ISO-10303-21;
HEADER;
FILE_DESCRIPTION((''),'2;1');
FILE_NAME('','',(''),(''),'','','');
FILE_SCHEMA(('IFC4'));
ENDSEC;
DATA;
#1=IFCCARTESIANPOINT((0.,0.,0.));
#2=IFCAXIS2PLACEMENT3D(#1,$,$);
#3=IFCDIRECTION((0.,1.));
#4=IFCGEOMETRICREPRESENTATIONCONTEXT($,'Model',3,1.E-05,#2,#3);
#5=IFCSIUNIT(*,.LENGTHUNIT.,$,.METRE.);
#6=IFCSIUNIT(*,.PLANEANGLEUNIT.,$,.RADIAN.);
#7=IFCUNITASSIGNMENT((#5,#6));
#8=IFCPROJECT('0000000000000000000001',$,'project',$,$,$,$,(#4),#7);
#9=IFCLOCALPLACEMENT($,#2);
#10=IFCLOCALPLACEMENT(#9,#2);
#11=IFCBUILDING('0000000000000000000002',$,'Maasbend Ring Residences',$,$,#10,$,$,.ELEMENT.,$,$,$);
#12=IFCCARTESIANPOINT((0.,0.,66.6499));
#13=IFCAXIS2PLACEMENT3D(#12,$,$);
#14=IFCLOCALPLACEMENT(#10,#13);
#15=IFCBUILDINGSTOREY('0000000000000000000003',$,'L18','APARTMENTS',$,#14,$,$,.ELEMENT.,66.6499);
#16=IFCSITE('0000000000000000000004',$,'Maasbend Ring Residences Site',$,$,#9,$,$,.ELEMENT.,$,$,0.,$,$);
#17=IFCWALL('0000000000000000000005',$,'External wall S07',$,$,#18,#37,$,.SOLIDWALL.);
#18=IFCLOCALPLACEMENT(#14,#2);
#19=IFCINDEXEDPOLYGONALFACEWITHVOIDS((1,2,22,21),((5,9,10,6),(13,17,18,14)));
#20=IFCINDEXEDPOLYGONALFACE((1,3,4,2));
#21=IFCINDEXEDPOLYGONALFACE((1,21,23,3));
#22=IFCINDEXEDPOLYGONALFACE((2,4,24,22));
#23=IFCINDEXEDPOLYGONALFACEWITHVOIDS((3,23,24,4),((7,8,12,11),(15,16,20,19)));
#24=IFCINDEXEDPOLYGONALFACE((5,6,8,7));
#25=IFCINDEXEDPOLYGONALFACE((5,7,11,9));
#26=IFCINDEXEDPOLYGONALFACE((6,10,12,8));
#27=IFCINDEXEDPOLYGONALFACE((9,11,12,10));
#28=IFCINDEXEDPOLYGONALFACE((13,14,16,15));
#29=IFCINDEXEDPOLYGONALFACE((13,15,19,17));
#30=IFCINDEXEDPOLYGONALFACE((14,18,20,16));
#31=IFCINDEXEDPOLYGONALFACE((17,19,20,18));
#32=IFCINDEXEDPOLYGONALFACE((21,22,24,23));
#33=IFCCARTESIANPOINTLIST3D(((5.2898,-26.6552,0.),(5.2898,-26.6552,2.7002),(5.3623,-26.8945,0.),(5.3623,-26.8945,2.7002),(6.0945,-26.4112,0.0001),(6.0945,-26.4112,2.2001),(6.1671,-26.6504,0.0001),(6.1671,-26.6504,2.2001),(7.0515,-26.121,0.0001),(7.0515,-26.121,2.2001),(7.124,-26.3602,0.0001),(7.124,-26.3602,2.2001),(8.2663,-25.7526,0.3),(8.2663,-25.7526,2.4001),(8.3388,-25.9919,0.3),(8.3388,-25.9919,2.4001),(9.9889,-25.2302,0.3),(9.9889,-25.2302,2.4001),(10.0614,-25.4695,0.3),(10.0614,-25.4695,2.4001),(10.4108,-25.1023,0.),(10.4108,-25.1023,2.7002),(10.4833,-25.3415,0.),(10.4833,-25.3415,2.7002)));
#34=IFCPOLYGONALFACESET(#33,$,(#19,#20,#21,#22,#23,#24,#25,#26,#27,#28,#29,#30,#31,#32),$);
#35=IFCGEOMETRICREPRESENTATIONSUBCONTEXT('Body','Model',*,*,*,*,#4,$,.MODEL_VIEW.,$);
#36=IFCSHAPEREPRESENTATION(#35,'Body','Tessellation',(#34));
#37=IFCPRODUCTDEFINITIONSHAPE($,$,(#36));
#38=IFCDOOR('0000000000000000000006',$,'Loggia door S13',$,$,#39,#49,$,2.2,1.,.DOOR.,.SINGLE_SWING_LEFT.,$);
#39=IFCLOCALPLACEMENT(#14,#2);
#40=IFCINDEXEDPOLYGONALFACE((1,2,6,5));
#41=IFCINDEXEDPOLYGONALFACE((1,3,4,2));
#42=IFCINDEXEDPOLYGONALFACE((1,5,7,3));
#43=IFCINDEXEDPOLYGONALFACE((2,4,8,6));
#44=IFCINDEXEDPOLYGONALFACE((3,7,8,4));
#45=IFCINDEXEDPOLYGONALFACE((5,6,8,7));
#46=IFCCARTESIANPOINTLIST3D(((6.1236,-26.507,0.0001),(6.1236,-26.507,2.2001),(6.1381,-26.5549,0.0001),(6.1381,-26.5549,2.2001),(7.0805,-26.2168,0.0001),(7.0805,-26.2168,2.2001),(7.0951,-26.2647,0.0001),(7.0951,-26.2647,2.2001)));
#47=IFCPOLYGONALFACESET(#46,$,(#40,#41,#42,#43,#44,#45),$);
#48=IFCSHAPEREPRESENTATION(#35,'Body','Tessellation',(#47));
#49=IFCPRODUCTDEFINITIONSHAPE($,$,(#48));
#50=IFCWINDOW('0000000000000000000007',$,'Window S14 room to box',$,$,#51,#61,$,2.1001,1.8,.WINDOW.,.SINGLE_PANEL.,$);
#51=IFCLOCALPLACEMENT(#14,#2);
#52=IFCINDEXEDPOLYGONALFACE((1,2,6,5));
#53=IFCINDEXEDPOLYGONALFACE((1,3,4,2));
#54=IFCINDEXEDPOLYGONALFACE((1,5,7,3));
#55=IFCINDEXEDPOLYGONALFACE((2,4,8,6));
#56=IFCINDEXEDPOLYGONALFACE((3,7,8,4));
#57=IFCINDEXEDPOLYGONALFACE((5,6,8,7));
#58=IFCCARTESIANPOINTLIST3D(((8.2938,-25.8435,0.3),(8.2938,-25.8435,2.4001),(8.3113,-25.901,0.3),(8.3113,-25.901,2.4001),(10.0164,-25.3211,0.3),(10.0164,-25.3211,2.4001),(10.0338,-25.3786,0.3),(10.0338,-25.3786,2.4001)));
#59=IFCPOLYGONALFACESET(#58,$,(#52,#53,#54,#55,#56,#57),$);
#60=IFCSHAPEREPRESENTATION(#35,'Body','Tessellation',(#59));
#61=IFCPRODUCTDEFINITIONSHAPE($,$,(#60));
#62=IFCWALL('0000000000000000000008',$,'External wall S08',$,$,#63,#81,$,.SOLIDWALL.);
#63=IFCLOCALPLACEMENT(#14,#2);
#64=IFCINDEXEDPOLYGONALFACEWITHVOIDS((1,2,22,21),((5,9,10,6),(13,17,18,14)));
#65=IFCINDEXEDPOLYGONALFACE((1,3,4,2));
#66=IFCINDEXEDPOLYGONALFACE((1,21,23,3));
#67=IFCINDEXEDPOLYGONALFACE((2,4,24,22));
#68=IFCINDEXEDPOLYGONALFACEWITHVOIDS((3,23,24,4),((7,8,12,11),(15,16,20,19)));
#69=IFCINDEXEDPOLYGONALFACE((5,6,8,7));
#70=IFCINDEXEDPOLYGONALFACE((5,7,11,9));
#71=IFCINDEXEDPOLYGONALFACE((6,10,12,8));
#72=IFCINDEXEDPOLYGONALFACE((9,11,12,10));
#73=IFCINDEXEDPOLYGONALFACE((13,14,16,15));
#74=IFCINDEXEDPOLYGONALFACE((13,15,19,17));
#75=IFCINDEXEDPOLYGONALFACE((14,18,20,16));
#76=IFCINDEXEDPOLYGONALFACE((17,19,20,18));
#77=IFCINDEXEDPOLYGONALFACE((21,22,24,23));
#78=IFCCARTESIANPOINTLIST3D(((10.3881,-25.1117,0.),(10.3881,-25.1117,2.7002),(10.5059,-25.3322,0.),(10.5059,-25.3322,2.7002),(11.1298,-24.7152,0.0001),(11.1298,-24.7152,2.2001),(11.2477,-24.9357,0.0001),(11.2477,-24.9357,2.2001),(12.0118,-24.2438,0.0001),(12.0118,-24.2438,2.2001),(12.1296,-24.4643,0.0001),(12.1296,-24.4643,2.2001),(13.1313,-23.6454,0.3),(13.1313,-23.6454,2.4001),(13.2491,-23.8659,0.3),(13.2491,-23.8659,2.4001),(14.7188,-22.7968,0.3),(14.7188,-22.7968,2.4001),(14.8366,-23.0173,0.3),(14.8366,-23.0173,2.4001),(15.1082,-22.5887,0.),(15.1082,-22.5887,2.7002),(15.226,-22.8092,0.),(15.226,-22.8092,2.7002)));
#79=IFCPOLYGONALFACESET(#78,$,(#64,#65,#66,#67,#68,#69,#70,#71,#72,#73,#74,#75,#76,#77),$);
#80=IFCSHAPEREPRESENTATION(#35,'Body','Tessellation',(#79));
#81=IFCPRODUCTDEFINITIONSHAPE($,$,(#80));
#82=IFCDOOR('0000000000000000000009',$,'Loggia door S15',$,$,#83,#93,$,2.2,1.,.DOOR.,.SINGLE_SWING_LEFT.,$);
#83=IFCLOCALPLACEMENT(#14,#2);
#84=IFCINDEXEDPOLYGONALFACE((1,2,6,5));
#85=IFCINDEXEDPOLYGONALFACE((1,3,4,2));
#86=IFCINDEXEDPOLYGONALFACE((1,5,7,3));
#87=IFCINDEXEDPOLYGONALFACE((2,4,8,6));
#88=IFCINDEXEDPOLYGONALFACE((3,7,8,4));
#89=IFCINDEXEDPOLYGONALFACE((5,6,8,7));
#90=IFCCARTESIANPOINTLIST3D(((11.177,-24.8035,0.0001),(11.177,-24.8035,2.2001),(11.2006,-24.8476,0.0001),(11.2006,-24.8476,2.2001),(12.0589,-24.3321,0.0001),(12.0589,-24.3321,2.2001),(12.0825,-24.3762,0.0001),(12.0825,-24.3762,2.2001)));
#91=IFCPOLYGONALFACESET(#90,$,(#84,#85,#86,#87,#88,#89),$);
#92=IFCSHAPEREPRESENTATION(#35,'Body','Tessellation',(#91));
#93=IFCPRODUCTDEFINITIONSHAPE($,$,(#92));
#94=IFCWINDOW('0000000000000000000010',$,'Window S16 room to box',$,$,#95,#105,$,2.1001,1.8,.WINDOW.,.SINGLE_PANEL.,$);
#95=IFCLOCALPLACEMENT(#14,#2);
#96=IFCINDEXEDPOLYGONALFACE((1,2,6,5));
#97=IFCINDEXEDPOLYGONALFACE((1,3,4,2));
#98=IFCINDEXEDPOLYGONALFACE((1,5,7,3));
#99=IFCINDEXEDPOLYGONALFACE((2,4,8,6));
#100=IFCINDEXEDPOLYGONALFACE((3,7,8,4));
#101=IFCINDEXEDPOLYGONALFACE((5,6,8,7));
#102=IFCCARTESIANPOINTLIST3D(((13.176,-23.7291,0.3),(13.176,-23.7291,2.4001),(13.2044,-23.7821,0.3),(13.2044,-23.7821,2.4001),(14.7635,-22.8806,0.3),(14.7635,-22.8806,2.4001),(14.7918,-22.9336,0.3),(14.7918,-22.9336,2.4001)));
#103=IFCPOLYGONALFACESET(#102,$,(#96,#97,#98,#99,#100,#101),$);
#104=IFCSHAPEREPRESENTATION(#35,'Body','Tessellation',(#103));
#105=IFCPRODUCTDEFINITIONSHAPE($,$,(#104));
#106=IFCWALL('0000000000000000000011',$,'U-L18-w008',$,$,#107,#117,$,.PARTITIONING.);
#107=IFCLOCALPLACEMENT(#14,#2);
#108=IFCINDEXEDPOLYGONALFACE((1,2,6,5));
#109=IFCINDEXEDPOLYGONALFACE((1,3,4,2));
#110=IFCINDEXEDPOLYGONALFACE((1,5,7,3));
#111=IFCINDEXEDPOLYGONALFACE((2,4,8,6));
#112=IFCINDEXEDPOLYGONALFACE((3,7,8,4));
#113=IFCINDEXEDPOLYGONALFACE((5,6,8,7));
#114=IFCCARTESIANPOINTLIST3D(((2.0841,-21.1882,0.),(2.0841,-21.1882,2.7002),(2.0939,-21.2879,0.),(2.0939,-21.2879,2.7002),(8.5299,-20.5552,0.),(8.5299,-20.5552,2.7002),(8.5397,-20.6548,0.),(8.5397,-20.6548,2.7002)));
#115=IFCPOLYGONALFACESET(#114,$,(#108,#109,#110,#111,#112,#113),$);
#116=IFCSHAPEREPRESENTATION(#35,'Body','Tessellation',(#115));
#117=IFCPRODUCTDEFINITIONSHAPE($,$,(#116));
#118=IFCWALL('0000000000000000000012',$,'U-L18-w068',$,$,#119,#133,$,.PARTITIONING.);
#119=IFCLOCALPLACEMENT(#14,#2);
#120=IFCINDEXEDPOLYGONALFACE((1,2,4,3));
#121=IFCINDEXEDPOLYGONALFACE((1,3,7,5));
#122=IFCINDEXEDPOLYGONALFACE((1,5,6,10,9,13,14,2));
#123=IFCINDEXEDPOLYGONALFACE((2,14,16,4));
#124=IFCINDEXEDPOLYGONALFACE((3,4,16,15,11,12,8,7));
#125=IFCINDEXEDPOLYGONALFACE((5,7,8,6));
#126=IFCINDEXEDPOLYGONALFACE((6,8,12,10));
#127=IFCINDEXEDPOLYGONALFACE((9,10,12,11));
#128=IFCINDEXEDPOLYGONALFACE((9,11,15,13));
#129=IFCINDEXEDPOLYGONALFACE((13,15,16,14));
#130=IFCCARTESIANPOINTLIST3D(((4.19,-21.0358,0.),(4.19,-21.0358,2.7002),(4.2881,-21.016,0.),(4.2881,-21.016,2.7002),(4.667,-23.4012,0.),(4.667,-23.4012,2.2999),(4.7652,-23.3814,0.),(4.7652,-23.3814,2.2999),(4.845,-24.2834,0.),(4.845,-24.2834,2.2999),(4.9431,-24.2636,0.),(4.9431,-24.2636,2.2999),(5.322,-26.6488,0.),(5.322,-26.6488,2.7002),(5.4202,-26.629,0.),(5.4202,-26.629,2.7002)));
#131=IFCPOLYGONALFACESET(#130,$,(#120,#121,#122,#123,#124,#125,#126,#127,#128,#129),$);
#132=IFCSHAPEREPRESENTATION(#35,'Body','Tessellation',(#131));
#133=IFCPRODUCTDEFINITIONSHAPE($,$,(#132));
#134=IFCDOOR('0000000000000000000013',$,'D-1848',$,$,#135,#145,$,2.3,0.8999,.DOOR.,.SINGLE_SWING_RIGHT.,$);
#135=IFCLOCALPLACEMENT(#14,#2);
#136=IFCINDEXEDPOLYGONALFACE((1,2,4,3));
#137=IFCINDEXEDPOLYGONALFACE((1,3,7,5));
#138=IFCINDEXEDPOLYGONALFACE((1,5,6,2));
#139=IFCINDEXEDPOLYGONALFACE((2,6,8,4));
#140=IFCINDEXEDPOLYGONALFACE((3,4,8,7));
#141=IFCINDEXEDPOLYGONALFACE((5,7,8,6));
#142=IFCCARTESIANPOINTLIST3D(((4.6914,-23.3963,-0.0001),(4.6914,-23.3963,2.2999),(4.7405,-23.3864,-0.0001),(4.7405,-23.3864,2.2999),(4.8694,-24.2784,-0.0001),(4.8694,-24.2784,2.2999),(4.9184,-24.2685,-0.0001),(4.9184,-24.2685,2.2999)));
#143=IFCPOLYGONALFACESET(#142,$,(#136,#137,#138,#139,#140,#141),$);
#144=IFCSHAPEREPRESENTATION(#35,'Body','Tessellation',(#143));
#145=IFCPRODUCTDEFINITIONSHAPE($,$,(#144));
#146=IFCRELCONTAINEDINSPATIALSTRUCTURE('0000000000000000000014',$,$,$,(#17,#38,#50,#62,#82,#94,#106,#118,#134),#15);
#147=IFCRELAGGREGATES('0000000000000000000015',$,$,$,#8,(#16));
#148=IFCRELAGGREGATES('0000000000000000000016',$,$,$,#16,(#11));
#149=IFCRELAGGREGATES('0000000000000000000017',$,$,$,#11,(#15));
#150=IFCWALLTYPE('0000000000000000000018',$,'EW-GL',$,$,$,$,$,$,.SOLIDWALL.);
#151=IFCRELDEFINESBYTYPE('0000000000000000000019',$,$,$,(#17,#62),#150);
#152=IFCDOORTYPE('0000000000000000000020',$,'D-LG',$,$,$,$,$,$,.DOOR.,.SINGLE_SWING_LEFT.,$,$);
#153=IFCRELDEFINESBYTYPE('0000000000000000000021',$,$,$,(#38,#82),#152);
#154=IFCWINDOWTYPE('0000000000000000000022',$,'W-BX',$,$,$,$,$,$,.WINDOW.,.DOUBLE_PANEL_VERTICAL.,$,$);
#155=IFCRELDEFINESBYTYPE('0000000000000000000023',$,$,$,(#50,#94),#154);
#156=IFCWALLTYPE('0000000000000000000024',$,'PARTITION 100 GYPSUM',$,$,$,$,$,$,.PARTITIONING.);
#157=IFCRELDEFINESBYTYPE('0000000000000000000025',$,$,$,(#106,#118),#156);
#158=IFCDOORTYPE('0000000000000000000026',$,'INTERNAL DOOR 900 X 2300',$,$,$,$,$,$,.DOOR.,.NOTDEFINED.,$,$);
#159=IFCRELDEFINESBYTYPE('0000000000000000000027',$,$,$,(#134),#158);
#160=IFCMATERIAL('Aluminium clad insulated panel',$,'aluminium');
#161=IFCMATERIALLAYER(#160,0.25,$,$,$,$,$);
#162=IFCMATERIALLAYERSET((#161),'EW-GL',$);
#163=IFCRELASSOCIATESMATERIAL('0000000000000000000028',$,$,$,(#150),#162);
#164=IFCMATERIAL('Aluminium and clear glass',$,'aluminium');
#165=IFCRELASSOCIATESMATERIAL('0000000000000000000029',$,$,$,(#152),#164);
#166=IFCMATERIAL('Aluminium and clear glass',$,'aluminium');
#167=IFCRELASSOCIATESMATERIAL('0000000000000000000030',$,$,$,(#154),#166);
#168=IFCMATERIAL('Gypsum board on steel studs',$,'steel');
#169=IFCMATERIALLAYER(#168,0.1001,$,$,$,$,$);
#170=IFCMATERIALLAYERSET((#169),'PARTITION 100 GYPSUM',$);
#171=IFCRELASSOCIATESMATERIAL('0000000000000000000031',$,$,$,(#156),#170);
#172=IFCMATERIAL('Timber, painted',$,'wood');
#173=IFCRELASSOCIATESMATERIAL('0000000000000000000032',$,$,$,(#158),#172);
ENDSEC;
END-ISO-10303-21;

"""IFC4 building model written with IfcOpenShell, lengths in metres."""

from ifc_helpers import new_model, si_unit, direction, frame, frame_2d, origin, place, context, subcontext, project, spatial, rectangle, extrude, material, layer, layer_set, type_object, element, fill, save


model = new_model("IFC4")

# Units and contexts
model_context = context("Model", 3, precision=1e-05, world=origin(), true_north=direction((0.0, 1.0)))
body_context = subcontext(model_context, "Body", "Model", "MODEL_VIEW")
ifc_project = project(units=[si_unit("LENGTHUNIT", "METRE"), si_unit("PLANEANGLEUNIT", "RADIAN")], contexts=[model_context])

# Site, building, storey
site_placement = place(None, origin())
site = spatial("IfcSite", under=ifc_project, at=site_placement, Name="Maasbend Ring Residences Site", CompositionType="ELEMENT", RefElevation=0.0)
building_placement = place(site_placement, origin())
building = spatial("IfcBuilding", under=site, at=building_placement, Name="Maasbend Ring Residences", CompositionType="ELEMENT")
storey_placement = place(building_placement, frame((0.0, 0.0, 66.6499)))
storey = spatial("IfcBuildingStorey", under=building, at=storey_placement, Name="L18", Description="APARTMENTS", CompositionType="ELEMENT", Elevation=66.6499)

# Walls, openings, doors, windows
ifc_material_1 = material(Name="Aluminium clad insulated panel", Category="aluminium")
ifc_layer_1 = layer(ifc_material_1, 0.25)
ifc_layer_set_1 = layer_set([ifc_layer_1], Name="EW-GL")
wall_type_1 = type_object("IfcWallType", Name="EW-GL", PredefinedType="SOLIDWALL", material=ifc_layer_set_1)
wall_1_placement = place(storey_placement, frame((5.3259, -26.7749, 0.0), z_axis=(0.0, 0.0, 1.0), x_axis=(0.956966, 0.290201, 0.0)))
wall_1 = element("IfcWall", 1, at=wall_1_placement, inside=storey, type_object=wall_type_1, Name="External wall S07", PredefinedType="SOLIDWALL", context=body_context, shape_type="SweptSolid", body=[
    extrude(rectangle(XDim=5.3513, YDim=0.25, at=frame_2d((2.6758, 0.0))), origin(), (0.0, 0.0, 1.0), 2.7002),
])
opening_1_placement = place(wall_1_placement, frame((0.8411, 0.0, 0.0)))
opening_1 = element("IfcOpeningElement", 2, at=opening_1_placement, cuts=wall_1, PredefinedType="OPENING", context=body_context, shape_type="SweptSolid", body=[
    extrude(rectangle(XDim=1.0, YDim=2.2, at=frame_2d((0.5, 1.1001))), frame((0.0, 0.135, 0.0), z_axis=(0.0, -1.0, 0.0), x_axis=(1.0, 0.0, 0.0)), (0.0, 0.0, 1.0), 0.27),
])
opening_2_placement = place(wall_1_placement, frame((3.1106, 0.0, 0.3)))
opening_2 = element("IfcOpeningElement", 3, at=opening_2_placement, cuts=wall_1, PredefinedType="OPENING", context=body_context, shape_type="SweptSolid", body=[
    extrude(rectangle(XDim=1.8, YDim=2.1001, at=frame_2d((0.8999, 1.05))), frame((0.0, 0.135, 0.0), z_axis=(0.0, -1.0, 0.0), x_axis=(1.0, 0.0, 0.0)), (0.0, 0.0, 1.0), 0.27),
])
ifc_material_2 = material(Name="Aluminium and clear glass", Category="aluminium")
door_type_1 = type_object("IfcDoorType", Name="D-LG", OperationType="SINGLE_SWING_LEFT", PredefinedType="DOOR", material=ifc_material_2)
door_1_placement = place(opening_1_placement, origin())
door_1 = element("IfcDoor", 4, at=door_1_placement, inside=storey, type_object=door_type_1, Name="Loggia door S13", OperationType="SINGLE_SWING_LEFT", OverallHeight=2.2, OverallWidth=1.0, PredefinedType="DOOR", context=body_context, shape_type="SweptSolid", body=[
    extrude(rectangle(XDim=1.0, YDim=2.2, at=frame_2d((0.5, 1.1001))), frame((0.0, 0.0249, 0.0), z_axis=(0.0, -1.0, 0.0), x_axis=(1.0, 0.0, 0.0)), (0.0, 0.0, 1.0), 0.05),
])
fill(opening_1, door_1)
ifc_material_3 = material(Name="Aluminium and clear glass", Category="aluminium")
window_type_1 = type_object("IfcWindowType", Name="W-BX", PartitioningType="DOUBLE_PANEL_VERTICAL", PredefinedType="WINDOW", material=ifc_material_3)
window_1_placement = place(opening_2_placement, origin())
window_1 = element("IfcWindow", 5, at=window_1_placement, inside=storey, type_object=window_type_1, Name="Window S14 room to box", OverallHeight=2.1001, OverallWidth=1.8, PartitioningType="SINGLE_PANEL", PredefinedType="WINDOW", context=body_context, shape_type="SweptSolid", body=[
    extrude(rectangle(XDim=1.8, YDim=2.1001, at=frame_2d((0.8999, 1.05))), frame((0.0, 0.03, 0.0), z_axis=(0.0, -1.0, 0.0), x_axis=(1.0, 0.0, 0.0)), (0.0, 0.0, 1.0), 0.0601),
])
fill(opening_2, window_1)
wall_2_placement = place(storey_placement, frame((10.447, -25.2219, 0.0), z_axis=(0.0, 0.0, 1.0), x_axis=(0.881916, 0.471407, 0.0)))
wall_2 = element("IfcWall", 6, at=wall_2_placement, inside=storey, type_object=wall_type_1, Name="External wall S08", PredefinedType="SOLIDWALL", context=body_context, shape_type="SweptSolid", body=[
    extrude(rectangle(XDim=5.3521, YDim=0.25, at=frame_2d((2.676, 0.0))), origin(), (0.0, 0.0, 1.0), 2.7002),
])
opening_3_placement = place(wall_2_placement, frame((0.8411, 0.0, 0.0)))
opening_3 = element("IfcOpeningElement", 7, at=opening_3_placement, cuts=wall_2, PredefinedType="OPENING", context=body_context, shape_type="SweptSolid", body=[
    extrude(rectangle(XDim=1.0, YDim=2.2, at=frame_2d((0.5, 1.1001))), frame((0.0, 0.135, 0.0), z_axis=(0.0, -1.0, 0.0), x_axis=(1.0, 0.0, 0.0)), (0.0, 0.0, 1.0), 0.27),
])
opening_4_placement = place(wall_2_placement, frame((3.1106, 0.0, 0.3)))
opening_4 = element("IfcOpeningElement", 8, at=opening_4_placement, cuts=wall_2, PredefinedType="OPENING", context=body_context, shape_type="SweptSolid", body=[
    extrude(rectangle(XDim=1.8, YDim=2.1001, at=frame_2d((0.8999, 1.05))), frame((0.0, 0.135, 0.0), z_axis=(0.0, -1.0, 0.0), x_axis=(1.0, 0.0, 0.0)), (0.0, 0.0, 1.0), 0.27),
])
door_2_placement = place(opening_3_placement, origin())
door_2 = element("IfcDoor", 9, at=door_2_placement, inside=storey, type_object=door_type_1, Name="Loggia door S15", OperationType="SINGLE_SWING_LEFT", OverallHeight=2.2, OverallWidth=1.0, PredefinedType="DOOR", context=body_context, shape_type="SweptSolid", body=[
    extrude(rectangle(XDim=1.0, YDim=2.2, at=frame_2d((0.5, 1.1001))), frame((0.0, 0.0249, 0.0), z_axis=(0.0, -1.0, 0.0), x_axis=(1.0, 0.0, 0.0)), (0.0, 0.0, 1.0), 0.05),
])
fill(opening_3, door_2)
window_2_placement = place(opening_4_placement, origin())
window_2 = element("IfcWindow", 10, at=window_2_placement, inside=storey, type_object=window_type_1, Name="Window S16 room to box", OverallHeight=2.1001, OverallWidth=1.8, PartitioningType="SINGLE_PANEL", PredefinedType="WINDOW", context=body_context, shape_type="SweptSolid", body=[
    extrude(rectangle(XDim=1.8, YDim=2.1001, at=frame_2d((0.8999, 1.05))), frame((0.0, 0.03, 0.0), z_axis=(0.0, -1.0, 0.0), x_axis=(1.0, 0.0, 0.0)), (0.0, 0.0, 1.0), 0.0601),
])
fill(opening_4, window_2)

# Wall
ifc_material_4 = material(Name="Gypsum board on steel studs", Category="steel")
ifc_layer_2 = layer(ifc_material_4, 0.1001)
ifc_layer_set_2 = layer_set([ifc_layer_2], Name="PARTITION 100 GYPSUM")
wall_type_2 = type_object("IfcWallType", Name="PARTITION 100 GYPSUM", PredefinedType="PARTITIONING", material=ifc_layer_set_2)
wall_3_placement = place(storey_placement, frame((2.0891, -21.238, 0.0), z_axis=(0.0, 0.0, 1.0), x_axis=(0.995212, 0.097742, 0.0)))
element("IfcWall", 11, at=wall_3_placement, inside=storey, type_object=wall_type_2, Name="U-L18-w008", PredefinedType="PARTITIONING", context=body_context, shape_type="SweptSolid", body=[
    extrude(rectangle(XDim=6.4768, YDim=0.1001, at=frame_2d((3.2383, 0.0))), origin(), (0.0, 0.0, 1.0), 2.7002),
])

# Wall, opening, door
wall_4_placement = place(storey_placement, frame((4.239, -21.0259, 0.0), z_axis=(0.0, 0.0, 1.0), x_axis=(0.197707, -0.980261, 0.0)))
wall_4 = element("IfcWall", 12, at=wall_4_placement, inside=storey, type_object=wall_type_2, Name="U-L18-w068", PredefinedType="PARTITIONING", context=body_context, shape_type="SweptSolid", body=[
    extrude(rectangle(XDim=5.7261, YDim=0.1001, at=frame_2d((2.863, 0.0))), origin(), (0.0, 0.0, 1.0), 2.7002),
])
opening_5_placement = place(wall_4_placement, frame((2.4131, 0.0, 0.0)))
opening_5 = element("IfcOpeningElement", 13, at=opening_5_placement, cuts=wall_4, PredefinedType="OPENING", context=body_context, shape_type="SweptSolid", body=[
    extrude(rectangle(XDim=0.8999, YDim=2.3, at=frame_2d((0.45, 1.1499))), frame((0.0, 0.0601, 0.0), z_axis=(0.0, -1.0, 0.0), x_axis=(1.0, 0.0, 0.0)), (0.0, 0.0, 1.0), 0.1201),
])
ifc_material_5 = material(Name="Timber, painted", Category="wood")
door_type_2 = type_object("IfcDoorType", Name="INTERNAL DOOR 900 X 2300", OperationType="NOTDEFINED", PredefinedType="DOOR", material=ifc_material_5)
door_3_placement = place(opening_5_placement, origin())
door_3 = element("IfcDoor", 14, at=door_3_placement, inside=storey, type_object=door_type_2, Name="D-1848", OperationType="SINGLE_SWING_RIGHT", OverallHeight=2.3, OverallWidth=0.8999, PredefinedType="DOOR", context=body_context, shape_type="SweptSolid", body=[
    extrude(rectangle(XDim=0.8999, YDim=2.3, at=frame_2d((0.45, 1.1499))), frame((0.0, 0.0249, 0.0), z_axis=(0.0, -1.0, 0.0), x_axis=(1.0, 0.0, 0.0)), (0.0, 0.0, 1.0), 0.05),
])
fill(opening_5, door_3)

save(model, "model.ifc")
